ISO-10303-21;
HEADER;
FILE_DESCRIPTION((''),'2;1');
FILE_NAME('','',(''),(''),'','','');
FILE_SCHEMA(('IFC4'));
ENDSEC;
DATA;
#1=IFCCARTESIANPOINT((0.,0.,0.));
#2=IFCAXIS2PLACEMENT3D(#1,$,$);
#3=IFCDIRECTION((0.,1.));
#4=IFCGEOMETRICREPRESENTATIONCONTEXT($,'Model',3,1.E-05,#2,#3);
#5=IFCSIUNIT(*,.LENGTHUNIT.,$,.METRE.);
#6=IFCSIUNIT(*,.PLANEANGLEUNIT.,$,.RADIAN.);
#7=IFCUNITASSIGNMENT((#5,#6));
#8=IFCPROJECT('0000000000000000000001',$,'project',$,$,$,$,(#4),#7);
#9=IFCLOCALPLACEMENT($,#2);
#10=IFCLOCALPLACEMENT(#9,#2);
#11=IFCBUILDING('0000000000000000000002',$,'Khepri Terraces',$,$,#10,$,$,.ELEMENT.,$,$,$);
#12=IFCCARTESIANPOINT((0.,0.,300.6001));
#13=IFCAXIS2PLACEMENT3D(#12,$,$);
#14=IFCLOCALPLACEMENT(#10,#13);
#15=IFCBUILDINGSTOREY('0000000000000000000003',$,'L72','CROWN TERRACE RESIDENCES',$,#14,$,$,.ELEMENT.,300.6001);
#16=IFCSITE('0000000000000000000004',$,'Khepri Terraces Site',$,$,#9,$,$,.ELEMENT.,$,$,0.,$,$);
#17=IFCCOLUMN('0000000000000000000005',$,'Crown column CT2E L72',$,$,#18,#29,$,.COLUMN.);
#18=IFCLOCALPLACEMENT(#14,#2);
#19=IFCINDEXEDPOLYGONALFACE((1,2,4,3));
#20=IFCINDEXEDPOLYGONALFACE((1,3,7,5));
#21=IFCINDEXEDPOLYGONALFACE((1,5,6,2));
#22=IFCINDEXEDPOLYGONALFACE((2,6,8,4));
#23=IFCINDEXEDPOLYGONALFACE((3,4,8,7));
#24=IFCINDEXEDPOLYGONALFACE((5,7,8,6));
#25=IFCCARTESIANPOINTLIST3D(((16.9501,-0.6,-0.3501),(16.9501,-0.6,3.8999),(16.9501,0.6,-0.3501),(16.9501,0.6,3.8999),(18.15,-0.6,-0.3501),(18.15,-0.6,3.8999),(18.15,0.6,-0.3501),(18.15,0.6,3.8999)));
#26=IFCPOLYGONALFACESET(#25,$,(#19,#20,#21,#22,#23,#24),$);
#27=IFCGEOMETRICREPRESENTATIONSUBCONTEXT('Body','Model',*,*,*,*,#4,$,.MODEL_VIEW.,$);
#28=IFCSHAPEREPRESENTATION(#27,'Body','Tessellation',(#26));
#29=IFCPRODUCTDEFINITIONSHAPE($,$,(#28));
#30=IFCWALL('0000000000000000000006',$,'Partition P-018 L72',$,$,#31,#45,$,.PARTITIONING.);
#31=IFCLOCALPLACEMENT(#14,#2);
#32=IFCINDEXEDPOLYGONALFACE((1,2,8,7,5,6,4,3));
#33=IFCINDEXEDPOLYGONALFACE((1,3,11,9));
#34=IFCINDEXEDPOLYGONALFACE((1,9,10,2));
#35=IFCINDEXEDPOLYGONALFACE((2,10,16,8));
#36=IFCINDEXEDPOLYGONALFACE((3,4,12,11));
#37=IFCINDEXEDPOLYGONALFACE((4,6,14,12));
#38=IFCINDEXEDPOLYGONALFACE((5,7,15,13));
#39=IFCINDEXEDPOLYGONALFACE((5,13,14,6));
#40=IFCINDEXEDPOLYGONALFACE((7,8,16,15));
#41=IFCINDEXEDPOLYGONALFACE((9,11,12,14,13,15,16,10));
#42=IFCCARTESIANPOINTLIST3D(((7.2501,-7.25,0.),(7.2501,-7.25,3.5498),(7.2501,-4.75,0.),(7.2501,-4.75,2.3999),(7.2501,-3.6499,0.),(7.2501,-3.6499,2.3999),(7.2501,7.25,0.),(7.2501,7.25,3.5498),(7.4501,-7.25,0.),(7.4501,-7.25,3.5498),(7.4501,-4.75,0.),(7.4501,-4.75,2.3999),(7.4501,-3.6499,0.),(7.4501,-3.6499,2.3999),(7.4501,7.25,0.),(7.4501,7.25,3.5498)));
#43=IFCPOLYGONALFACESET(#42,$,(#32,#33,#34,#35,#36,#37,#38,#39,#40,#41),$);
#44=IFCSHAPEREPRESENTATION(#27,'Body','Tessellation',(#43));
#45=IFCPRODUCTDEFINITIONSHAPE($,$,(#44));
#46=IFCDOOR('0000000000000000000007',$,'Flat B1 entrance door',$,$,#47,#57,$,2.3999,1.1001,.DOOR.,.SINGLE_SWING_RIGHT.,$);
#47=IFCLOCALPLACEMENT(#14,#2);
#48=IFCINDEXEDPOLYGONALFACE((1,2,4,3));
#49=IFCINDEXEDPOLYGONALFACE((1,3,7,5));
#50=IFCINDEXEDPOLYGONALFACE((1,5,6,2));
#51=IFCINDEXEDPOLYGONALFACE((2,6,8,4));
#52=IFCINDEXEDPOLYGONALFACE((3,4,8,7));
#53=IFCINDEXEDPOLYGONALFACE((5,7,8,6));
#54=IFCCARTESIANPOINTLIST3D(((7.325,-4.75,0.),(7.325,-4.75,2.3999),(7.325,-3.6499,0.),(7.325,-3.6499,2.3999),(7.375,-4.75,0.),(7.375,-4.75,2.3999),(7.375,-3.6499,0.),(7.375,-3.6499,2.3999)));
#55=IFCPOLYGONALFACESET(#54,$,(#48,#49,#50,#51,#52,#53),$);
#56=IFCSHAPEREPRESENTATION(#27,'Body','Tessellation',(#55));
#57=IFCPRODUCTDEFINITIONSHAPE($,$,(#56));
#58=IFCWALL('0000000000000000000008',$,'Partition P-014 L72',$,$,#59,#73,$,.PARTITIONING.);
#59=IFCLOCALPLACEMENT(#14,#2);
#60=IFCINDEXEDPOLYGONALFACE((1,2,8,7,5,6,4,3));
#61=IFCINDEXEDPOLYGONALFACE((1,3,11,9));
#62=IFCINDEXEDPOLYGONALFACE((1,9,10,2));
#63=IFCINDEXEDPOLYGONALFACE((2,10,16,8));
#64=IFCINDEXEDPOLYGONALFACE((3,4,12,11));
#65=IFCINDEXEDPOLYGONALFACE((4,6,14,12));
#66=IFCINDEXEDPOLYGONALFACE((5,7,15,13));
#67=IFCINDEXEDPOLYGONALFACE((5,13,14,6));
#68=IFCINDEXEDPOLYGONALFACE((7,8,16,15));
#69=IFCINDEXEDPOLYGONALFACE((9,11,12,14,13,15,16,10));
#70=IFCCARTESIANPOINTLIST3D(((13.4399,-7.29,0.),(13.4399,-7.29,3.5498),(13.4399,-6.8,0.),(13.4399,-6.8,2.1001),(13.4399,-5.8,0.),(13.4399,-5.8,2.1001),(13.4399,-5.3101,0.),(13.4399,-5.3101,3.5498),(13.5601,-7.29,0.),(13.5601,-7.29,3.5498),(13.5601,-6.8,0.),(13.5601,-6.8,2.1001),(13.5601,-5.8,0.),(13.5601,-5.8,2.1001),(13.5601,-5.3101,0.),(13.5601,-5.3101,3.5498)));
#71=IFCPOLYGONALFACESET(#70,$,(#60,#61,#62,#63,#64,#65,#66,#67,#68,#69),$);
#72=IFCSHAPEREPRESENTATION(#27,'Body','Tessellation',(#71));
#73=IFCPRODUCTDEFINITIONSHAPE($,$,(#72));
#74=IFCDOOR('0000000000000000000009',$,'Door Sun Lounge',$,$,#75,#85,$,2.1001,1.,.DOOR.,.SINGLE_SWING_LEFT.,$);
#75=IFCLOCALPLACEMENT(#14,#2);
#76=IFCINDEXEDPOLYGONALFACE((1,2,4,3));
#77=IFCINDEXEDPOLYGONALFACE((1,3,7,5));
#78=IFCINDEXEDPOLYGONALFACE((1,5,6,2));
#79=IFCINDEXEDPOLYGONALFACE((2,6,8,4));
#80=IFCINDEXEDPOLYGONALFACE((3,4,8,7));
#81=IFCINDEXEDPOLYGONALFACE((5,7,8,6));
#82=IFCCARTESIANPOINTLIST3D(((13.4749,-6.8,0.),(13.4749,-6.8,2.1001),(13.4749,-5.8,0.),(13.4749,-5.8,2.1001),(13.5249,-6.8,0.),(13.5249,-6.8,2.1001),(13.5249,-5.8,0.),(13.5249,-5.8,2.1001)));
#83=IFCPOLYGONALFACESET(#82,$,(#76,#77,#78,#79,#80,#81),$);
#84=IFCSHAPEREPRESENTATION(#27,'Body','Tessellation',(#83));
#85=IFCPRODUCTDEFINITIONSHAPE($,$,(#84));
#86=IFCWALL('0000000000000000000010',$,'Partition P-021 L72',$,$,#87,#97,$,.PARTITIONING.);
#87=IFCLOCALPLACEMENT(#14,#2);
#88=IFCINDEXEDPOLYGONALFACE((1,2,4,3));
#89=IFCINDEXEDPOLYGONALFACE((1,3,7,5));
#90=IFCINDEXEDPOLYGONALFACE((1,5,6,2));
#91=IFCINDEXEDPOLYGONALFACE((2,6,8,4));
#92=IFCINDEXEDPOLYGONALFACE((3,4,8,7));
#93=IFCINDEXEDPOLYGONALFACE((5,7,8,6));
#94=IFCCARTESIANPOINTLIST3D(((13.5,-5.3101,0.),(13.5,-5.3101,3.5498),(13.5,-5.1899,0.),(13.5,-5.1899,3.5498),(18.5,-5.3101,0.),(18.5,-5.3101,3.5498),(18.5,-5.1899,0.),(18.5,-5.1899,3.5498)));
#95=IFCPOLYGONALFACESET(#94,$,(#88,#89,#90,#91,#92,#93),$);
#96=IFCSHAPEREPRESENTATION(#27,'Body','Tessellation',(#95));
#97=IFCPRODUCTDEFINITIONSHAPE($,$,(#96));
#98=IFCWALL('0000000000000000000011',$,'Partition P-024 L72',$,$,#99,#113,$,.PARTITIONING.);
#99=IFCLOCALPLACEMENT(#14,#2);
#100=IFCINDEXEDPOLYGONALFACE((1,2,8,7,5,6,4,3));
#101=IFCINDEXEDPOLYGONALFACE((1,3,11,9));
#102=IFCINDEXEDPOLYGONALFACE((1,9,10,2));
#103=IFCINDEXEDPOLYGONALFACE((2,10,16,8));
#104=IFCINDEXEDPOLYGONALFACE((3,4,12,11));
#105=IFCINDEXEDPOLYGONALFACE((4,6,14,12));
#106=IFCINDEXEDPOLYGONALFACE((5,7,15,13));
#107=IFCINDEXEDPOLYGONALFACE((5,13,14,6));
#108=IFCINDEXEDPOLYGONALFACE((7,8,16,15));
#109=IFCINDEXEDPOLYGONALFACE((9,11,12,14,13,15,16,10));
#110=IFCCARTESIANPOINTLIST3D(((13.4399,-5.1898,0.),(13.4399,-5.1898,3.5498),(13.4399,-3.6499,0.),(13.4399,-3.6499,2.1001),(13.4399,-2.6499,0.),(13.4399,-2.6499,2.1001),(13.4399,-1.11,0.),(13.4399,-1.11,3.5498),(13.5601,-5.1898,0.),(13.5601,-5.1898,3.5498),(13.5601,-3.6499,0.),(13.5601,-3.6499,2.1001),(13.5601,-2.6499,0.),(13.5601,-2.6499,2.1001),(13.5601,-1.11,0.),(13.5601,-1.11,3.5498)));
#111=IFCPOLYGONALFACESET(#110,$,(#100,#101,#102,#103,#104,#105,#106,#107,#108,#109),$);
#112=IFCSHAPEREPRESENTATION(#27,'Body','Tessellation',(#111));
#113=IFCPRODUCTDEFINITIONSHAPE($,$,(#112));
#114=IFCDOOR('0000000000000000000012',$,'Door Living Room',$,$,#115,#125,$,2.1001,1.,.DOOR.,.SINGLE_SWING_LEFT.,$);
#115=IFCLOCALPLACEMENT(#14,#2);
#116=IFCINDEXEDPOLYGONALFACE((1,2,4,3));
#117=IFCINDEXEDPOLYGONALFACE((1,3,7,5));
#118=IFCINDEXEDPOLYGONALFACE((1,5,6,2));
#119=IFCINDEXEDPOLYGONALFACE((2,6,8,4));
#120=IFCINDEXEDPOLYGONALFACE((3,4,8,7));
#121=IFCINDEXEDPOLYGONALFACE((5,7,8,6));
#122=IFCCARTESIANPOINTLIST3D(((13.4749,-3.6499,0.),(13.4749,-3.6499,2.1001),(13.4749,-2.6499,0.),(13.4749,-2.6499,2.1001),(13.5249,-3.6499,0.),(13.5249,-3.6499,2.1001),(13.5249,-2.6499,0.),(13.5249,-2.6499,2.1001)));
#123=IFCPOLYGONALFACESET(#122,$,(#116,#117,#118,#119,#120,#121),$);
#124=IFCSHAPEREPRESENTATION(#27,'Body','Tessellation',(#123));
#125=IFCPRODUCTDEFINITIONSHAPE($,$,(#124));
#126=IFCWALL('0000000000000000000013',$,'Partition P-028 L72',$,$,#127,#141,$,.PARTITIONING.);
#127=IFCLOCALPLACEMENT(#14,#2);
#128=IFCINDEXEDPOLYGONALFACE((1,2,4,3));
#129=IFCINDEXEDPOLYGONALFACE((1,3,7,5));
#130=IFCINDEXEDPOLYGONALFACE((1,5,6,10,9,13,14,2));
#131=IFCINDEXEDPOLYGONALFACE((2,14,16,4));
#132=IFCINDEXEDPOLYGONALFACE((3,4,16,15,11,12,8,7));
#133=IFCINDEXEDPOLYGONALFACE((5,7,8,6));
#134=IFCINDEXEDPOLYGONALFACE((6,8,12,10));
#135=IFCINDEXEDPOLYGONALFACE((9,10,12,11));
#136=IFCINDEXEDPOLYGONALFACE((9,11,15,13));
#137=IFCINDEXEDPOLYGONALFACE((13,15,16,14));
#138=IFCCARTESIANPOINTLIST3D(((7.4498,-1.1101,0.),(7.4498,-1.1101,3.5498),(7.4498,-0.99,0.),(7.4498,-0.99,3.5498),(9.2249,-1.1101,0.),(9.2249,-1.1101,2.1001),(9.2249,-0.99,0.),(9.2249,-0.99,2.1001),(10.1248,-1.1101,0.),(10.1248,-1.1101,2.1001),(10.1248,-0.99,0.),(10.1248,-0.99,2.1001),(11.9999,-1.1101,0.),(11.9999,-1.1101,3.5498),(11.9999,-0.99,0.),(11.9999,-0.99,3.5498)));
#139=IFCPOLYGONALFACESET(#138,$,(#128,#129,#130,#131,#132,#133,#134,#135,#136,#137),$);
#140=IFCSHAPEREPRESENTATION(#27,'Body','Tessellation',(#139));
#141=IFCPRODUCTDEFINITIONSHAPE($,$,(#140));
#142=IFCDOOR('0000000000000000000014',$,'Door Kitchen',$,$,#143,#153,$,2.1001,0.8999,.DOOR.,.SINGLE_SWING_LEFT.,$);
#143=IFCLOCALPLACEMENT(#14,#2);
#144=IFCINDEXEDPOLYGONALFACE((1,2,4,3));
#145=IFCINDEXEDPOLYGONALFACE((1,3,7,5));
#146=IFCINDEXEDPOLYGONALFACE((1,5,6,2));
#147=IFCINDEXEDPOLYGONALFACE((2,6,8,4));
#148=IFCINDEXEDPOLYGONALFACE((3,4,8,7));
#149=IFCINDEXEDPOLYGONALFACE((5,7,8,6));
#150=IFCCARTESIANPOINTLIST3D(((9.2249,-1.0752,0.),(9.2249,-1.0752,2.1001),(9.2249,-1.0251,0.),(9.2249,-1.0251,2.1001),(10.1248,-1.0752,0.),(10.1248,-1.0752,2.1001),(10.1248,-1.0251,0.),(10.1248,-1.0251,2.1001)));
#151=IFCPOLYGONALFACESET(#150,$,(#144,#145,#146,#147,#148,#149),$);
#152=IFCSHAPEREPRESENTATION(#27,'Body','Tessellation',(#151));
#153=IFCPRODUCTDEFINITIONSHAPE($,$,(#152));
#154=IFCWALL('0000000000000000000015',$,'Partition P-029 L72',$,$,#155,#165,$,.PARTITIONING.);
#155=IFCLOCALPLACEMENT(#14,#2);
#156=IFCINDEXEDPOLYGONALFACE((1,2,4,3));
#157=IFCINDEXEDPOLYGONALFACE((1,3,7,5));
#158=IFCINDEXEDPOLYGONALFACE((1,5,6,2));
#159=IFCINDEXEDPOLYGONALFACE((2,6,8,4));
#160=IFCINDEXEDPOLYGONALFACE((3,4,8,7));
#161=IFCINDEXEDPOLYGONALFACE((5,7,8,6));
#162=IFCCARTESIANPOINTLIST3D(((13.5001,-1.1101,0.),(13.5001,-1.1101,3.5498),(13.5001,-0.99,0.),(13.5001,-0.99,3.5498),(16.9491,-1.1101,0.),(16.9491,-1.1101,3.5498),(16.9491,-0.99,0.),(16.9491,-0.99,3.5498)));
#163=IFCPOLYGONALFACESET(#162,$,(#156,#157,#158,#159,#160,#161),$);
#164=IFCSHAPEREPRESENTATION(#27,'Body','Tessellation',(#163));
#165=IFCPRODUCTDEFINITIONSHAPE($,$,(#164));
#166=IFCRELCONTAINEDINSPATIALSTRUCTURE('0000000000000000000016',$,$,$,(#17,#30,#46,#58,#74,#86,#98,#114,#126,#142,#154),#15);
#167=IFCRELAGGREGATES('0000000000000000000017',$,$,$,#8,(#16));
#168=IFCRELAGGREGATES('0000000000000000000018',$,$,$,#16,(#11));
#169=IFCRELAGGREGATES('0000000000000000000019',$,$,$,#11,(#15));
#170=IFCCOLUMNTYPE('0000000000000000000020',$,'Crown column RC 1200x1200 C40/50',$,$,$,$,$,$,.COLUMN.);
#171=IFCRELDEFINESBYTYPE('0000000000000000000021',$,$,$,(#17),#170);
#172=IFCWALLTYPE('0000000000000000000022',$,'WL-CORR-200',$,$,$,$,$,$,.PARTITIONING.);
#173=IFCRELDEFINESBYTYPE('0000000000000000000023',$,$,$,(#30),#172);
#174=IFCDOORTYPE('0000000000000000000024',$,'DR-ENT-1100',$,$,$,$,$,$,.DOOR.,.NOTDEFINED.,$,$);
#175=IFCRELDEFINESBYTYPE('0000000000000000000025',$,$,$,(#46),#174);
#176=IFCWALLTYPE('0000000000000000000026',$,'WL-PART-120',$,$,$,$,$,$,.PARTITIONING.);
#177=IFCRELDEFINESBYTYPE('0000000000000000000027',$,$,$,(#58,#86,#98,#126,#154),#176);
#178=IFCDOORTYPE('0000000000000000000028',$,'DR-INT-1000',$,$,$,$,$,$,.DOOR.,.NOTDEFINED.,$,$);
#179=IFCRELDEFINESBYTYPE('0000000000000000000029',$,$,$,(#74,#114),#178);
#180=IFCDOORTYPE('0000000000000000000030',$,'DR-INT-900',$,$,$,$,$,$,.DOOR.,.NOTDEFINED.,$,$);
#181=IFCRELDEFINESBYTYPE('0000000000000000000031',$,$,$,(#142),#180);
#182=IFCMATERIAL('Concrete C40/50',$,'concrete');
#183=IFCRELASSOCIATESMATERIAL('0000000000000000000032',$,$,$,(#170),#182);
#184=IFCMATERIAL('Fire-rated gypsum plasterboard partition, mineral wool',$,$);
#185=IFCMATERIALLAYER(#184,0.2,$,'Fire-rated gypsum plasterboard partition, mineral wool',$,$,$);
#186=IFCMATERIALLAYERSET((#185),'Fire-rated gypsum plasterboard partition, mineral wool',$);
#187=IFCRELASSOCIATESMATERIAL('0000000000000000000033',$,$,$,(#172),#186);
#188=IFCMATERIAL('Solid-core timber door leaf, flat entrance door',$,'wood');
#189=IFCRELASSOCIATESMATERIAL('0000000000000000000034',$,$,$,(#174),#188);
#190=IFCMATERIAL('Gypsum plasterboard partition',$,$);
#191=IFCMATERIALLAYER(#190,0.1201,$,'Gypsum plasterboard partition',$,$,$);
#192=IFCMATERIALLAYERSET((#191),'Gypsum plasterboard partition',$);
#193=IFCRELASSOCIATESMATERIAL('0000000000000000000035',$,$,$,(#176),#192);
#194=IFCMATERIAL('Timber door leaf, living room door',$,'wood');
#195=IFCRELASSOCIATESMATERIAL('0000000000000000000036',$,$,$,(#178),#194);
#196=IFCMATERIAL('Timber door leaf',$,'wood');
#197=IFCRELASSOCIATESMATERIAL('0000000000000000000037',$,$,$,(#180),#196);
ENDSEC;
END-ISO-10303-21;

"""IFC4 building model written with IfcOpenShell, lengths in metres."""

from ifc_helpers import new_model, si_unit, direction, frame, frame_2d, origin, origin_2d, place, context, subcontext, project, spatial, rectangle, extrude, material, layer, layer_set, material_profile, profile_set, type_object, element, fill, save


model = new_model("IFC4")

# Units and contexts
model_context = context("Model", 3, precision=1e-05, world=origin(), true_north=direction((0.0, 1.0)))
body_context = subcontext(model_context, "Body", "Model", "MODEL_VIEW")
ifc_project = project(units=[si_unit("LENGTHUNIT", "METRE"), si_unit("PLANEANGLEUNIT", "RADIAN")], contexts=[model_context])

# Site, building, storey
site_placement = place(None, origin())
site = spatial("IfcSite", under=ifc_project, at=site_placement, Name="Khepri Terraces Site", CompositionType="ELEMENT", RefElevation=0.0)
building_placement = place(site_placement, origin())
building = spatial("IfcBuilding", under=site, at=building_placement, Name="Khepri Terraces", CompositionType="ELEMENT")
storey_placement = place(building_placement, frame((0.0, 0.0, 300.6001)))
storey = spatial("IfcBuildingStorey", under=building, at=storey_placement, Name="L72", Description="CROWN TERRACE RESIDENCES", CompositionType="ELEMENT", Elevation=300.6001)

# Column
ifc_material_1 = material(Name="Concrete C40/50", Category="concrete")
ifc_material_profile = material_profile(ifc_material_1, rectangle(XDim=1.2, YDim=1.2, at=origin_2d()), Name="Concrete C40/50", Category="concrete")
ifc_profile_set = profile_set([ifc_material_profile], Name="Concrete C40/50")
column_type = type_object("IfcColumnType", Name="Crown column RC 1200x1200 C40/50", PredefinedType="COLUMN", material=ifc_profile_set)
column_placement = place(storey_placement, frame((17.55, 0.0, -0.3501), z_axis=(0.0, 0.0, 1.0), x_axis=(1.0, 0.0, 0.0)))
element("IfcColumn", 1, at=column_placement, inside=storey, type_object=column_type, Name="Crown column CT2E L72", PredefinedType="COLUMN", context=body_context, shape_type="SweptSolid", body=[
    extrude(rectangle(XDim=1.2, YDim=1.2, at=origin_2d()), origin(), (0.0, 0.0, 1.0), 4.25),
])

# Walls, openings, doors
ifc_material_2 = material(Name="Fire-rated gypsum plasterboard partition, mineral wool")
ifc_layer_1 = layer(ifc_material_2, 0.2, Name="Fire-rated gypsum plasterboard partition, mineral wool")
ifc_layer_set_1 = layer_set([ifc_layer_1], Name="Fire-rated gypsum plasterboard partition, mineral wool")
wall_type_1 = type_object("IfcWallType", Name="WL-CORR-200", PredefinedType="PARTITIONING", material=ifc_layer_set_1)
wall_1_placement = place(storey_placement, frame((7.3501, -7.25, 0.0), z_axis=(0.0, 0.0, 1.0), x_axis=(0.0, 1.0, 0.0)))
wall_1 = element("IfcWall", 2, at=wall_1_placement, inside=storey, type_object=wall_type_1, Name="Partition P-018 L72", PredefinedType="PARTITIONING", context=body_context, shape_type="SweptSolid", body=[
    extrude(rectangle(XDim=14.5, YDim=0.2, at=frame_2d((7.25, 0.0))), origin(), (0.0, 0.0, 1.0), 3.5498),
])
opening_1_placement = place(wall_1_placement, frame((2.5, 0.0, 0.0)))
opening_1 = element("IfcOpeningElement", 3, at=opening_1_placement, cuts=wall_1, PredefinedType="OPENING", context=body_context, shape_type="SweptSolid", body=[
    extrude(rectangle(XDim=1.1001, YDim=2.3999, at=frame_2d((0.55, 1.2))), frame((0.0, 0.1099, 0.0), z_axis=(0.0, -1.0, 0.0), x_axis=(1.0, 0.0, 0.0)), (0.0, 0.0, 1.0), 0.22),
])
ifc_material_3 = material(Name="Solid-core timber door leaf, flat entrance door", Category="wood")
door_type_1 = type_object("IfcDoorType", Name="DR-ENT-1100", OperationType="NOTDEFINED", PredefinedType="DOOR", material=ifc_material_3)
door_1_placement = place(opening_1_placement, frame((1.1001, 0.0, 0.0), z_axis=(0.0, 0.0, 1.0), x_axis=(-1.0, 0.0, 0.0)))
door_1 = element("IfcDoor", 4, at=door_1_placement, inside=storey, type_object=door_type_1, Name="Flat B1 entrance door", OperationType="SINGLE_SWING_RIGHT", OverallHeight=2.3999, OverallWidth=1.1001, PredefinedType="DOOR", context=body_context, shape_type="SweptSolid", body=[
    extrude(rectangle(XDim=1.1001, YDim=2.3999, at=frame_2d((0.55, 1.2))), frame((0.0, 0.0249, 0.0), z_axis=(0.0, -1.0, 0.0), x_axis=(1.0, 0.0, 0.0)), (0.0, 0.0, 1.0), 0.05),
])
fill(opening_1, door_1)
ifc_material_4 = material(Name="Gypsum plasterboard partition")
ifc_layer_2 = layer(ifc_material_4, 0.1201, Name="Gypsum plasterboard partition")
ifc_layer_set_2 = layer_set([ifc_layer_2], Name="Gypsum plasterboard partition")
wall_type_2 = type_object("IfcWallType", Name="WL-PART-120", PredefinedType="PARTITIONING", material=ifc_layer_set_2)
wall_2_placement = place(storey_placement, frame((13.5, -7.29, 0.0), z_axis=(0.0, 0.0, 1.0), x_axis=(0.0, 1.0, 0.0)))
wall_2 = element("IfcWall", 5, at=wall_2_placement, inside=storey, type_object=wall_type_2, Name="Partition P-014 L72", PredefinedType="PARTITIONING", context=body_context, shape_type="SweptSolid", body=[
    extrude(rectangle(XDim=1.98, YDim=0.1201, at=frame_2d((0.99, 0.0))), origin(), (0.0, 0.0, 1.0), 3.5498),
])
opening_2_placement = place(wall_2_placement, frame((0.49, 0.0, 0.0)))
opening_2 = element("IfcOpeningElement", 6, at=opening_2_placement, cuts=wall_2, PredefinedType="OPENING", context=body_context, shape_type="SweptSolid", body=[
    extrude(rectangle(XDim=1.0, YDim=2.1001, at=frame_2d((0.5, 1.05))), frame((0.0, 0.0701, 0.0), z_axis=(0.0, -1.0, 0.0), x_axis=(1.0, 0.0, 0.0)), (0.0, 0.0, 1.0), 0.1401),
])
ifc_material_5 = material(Name="Timber door leaf, living room door", Category="wood")
door_type_2 = type_object("IfcDoorType", Name="DR-INT-1000", OperationType="NOTDEFINED", PredefinedType="DOOR", material=ifc_material_5)
door_2_placement = place(opening_2_placement, frame((1.0, 0.0, 0.0), z_axis=(0.0, 0.0, 1.0), x_axis=(-1.0, 0.0, 0.0)))
door_2 = element("IfcDoor", 7, at=door_2_placement, inside=storey, type_object=door_type_2, Name="Door Sun Lounge", OperationType="SINGLE_SWING_LEFT", OverallHeight=2.1001, OverallWidth=1.0, PredefinedType="DOOR", context=body_context, shape_type="SweptSolid", body=[
    extrude(rectangle(XDim=1.0, YDim=2.1001, at=frame_2d((0.5, 1.05))), frame((0.0, 0.0249, 0.0), z_axis=(0.0, -1.0, 0.0), x_axis=(1.0, 0.0, 0.0)), (0.0, 0.0, 1.0), 0.05),
])
fill(opening_2, door_2)

# Wall
wall_3_placement = place(storey_placement, frame((13.5, -5.25, 0.0), z_axis=(0.0, 0.0, 1.0), x_axis=(1.0, 0.0, 0.0)))
element("IfcWall", 8, at=wall_3_placement, inside=storey, type_object=wall_type_2, Name="Partition P-021 L72", PredefinedType="PARTITIONING", context=body_context, shape_type="SweptSolid", body=[
    extrude(rectangle(XDim=5.0, YDim=0.1201, at=frame_2d((2.5, 0.0))), origin(), (0.0, 0.0, 1.0), 3.5498),
])

# Walls, openings, doors
wall_4_placement = place(storey_placement, frame((13.5, -5.1899, 0.0), z_axis=(0.0, 0.0, 1.0), x_axis=(0.0, 1.0, 0.0)))
wall_4 = element("IfcWall", 9, at=wall_4_placement, inside=storey, type_object=wall_type_2, Name="Partition P-024 L72", PredefinedType="PARTITIONING", context=body_context, shape_type="SweptSolid", body=[
    extrude(rectangle(XDim=4.0798, YDim=0.1201, at=frame_2d((2.04, 0.0))), origin(), (0.0, 0.0, 1.0), 3.5498),
])
opening_3_placement = place(wall_4_placement, frame((1.54, 0.0, 0.0)))
opening_3 = element("IfcOpeningElement", 10, at=opening_3_placement, cuts=wall_4, PredefinedType="OPENING", context=body_context, shape_type="SweptSolid", body=[
    extrude(rectangle(XDim=1.0, YDim=2.1001, at=frame_2d((0.5, 1.05))), frame((0.0, 0.0701, 0.0), z_axis=(0.0, -1.0, 0.0), x_axis=(1.0, 0.0, 0.0)), (0.0, 0.0, 1.0), 0.1401),
])
door_3_placement = place(opening_3_placement, frame((1.0, 0.0, 0.0), z_axis=(0.0, 0.0, 1.0), x_axis=(-1.0, 0.0, 0.0)))
door_3 = element("IfcDoor", 11, at=door_3_placement, inside=storey, type_object=door_type_2, Name="Door Living Room", OperationType="SINGLE_SWING_LEFT", OverallHeight=2.1001, OverallWidth=1.0, PredefinedType="DOOR", context=body_context, shape_type="SweptSolid", body=[
    extrude(rectangle(XDim=1.0, YDim=2.1001, at=frame_2d((0.5, 1.05))), frame((0.0, 0.0249, 0.0), z_axis=(0.0, -1.0, 0.0), x_axis=(1.0, 0.0, 0.0)), (0.0, 0.0, 1.0), 0.05),
])
fill(opening_3, door_3)
wall_5_placement = place(storey_placement, frame((7.45, -1.05, 0.0), z_axis=(0.0, 0.0, 1.0), x_axis=(1.0, 0.0, 0.0)))
wall_5 = element("IfcWall", 12, at=wall_5_placement, inside=storey, type_object=wall_type_2, Name="Partition P-028 L72", PredefinedType="PARTITIONING", context=body_context, shape_type="SweptSolid", body=[
    extrude(rectangle(XDim=4.55, YDim=0.1201, at=frame_2d((2.2749, 0.0))), origin(), (0.0, 0.0, 1.0), 3.5498),
])
opening_4_placement = place(wall_5_placement, frame((1.7749, 0.0, 0.0)))
opening_4 = element("IfcOpeningElement", 13, at=opening_4_placement, cuts=wall_5, PredefinedType="OPENING", context=body_context, shape_type="SweptSolid", body=[
    extrude(rectangle(XDim=0.8999, YDim=2.1001, at=frame_2d((0.45, 1.05))), frame((0.0, 0.0701, 0.0), z_axis=(0.0, -1.0, 0.0), x_axis=(1.0, 0.0, 0.0)), (0.0, 0.0, 1.0), 0.1401),
])
ifc_material_6 = material(Name="Timber door leaf", Category="wood")
door_type_3 = type_object("IfcDoorType", Name="DR-INT-900", OperationType="NOTDEFINED", PredefinedType="DOOR", material=ifc_material_6)
door_4_placement = place(opening_4_placement, origin())
door_4 = element("IfcDoor", 14, at=door_4_placement, inside=storey, type_object=door_type_3, Name="Door Kitchen", OperationType="SINGLE_SWING_LEFT", OverallHeight=2.1001, OverallWidth=0.8999, PredefinedType="DOOR", context=body_context, shape_type="SweptSolid", body=[
    extrude(rectangle(XDim=0.8999, YDim=2.1001, at=frame_2d((0.45, 1.05))), frame((0.0, 0.0249, 0.0), z_axis=(0.0, -1.0, 0.0), x_axis=(1.0, 0.0, 0.0)), (0.0, 0.0, 1.0), 0.05),
])
fill(opening_4, door_4)

# Wall
wall_6_placement = place(storey_placement, frame((13.5, -1.05, 0.0), z_axis=(0.0, 0.0, 1.0), x_axis=(1.0, 0.0, 0.0)))
element("IfcWall", 15, at=wall_6_placement, inside=storey, type_object=wall_type_2, Name="Partition P-029 L72", PredefinedType="PARTITIONING", context=body_context, shape_type="SweptSolid", body=[
    extrude(rectangle(XDim=3.449, YDim=0.1201, at=frame_2d((1.7246, 0.0))), origin(), (0.0, 0.0, 1.0), 3.5498),
])

save(model, "model.ifc")
